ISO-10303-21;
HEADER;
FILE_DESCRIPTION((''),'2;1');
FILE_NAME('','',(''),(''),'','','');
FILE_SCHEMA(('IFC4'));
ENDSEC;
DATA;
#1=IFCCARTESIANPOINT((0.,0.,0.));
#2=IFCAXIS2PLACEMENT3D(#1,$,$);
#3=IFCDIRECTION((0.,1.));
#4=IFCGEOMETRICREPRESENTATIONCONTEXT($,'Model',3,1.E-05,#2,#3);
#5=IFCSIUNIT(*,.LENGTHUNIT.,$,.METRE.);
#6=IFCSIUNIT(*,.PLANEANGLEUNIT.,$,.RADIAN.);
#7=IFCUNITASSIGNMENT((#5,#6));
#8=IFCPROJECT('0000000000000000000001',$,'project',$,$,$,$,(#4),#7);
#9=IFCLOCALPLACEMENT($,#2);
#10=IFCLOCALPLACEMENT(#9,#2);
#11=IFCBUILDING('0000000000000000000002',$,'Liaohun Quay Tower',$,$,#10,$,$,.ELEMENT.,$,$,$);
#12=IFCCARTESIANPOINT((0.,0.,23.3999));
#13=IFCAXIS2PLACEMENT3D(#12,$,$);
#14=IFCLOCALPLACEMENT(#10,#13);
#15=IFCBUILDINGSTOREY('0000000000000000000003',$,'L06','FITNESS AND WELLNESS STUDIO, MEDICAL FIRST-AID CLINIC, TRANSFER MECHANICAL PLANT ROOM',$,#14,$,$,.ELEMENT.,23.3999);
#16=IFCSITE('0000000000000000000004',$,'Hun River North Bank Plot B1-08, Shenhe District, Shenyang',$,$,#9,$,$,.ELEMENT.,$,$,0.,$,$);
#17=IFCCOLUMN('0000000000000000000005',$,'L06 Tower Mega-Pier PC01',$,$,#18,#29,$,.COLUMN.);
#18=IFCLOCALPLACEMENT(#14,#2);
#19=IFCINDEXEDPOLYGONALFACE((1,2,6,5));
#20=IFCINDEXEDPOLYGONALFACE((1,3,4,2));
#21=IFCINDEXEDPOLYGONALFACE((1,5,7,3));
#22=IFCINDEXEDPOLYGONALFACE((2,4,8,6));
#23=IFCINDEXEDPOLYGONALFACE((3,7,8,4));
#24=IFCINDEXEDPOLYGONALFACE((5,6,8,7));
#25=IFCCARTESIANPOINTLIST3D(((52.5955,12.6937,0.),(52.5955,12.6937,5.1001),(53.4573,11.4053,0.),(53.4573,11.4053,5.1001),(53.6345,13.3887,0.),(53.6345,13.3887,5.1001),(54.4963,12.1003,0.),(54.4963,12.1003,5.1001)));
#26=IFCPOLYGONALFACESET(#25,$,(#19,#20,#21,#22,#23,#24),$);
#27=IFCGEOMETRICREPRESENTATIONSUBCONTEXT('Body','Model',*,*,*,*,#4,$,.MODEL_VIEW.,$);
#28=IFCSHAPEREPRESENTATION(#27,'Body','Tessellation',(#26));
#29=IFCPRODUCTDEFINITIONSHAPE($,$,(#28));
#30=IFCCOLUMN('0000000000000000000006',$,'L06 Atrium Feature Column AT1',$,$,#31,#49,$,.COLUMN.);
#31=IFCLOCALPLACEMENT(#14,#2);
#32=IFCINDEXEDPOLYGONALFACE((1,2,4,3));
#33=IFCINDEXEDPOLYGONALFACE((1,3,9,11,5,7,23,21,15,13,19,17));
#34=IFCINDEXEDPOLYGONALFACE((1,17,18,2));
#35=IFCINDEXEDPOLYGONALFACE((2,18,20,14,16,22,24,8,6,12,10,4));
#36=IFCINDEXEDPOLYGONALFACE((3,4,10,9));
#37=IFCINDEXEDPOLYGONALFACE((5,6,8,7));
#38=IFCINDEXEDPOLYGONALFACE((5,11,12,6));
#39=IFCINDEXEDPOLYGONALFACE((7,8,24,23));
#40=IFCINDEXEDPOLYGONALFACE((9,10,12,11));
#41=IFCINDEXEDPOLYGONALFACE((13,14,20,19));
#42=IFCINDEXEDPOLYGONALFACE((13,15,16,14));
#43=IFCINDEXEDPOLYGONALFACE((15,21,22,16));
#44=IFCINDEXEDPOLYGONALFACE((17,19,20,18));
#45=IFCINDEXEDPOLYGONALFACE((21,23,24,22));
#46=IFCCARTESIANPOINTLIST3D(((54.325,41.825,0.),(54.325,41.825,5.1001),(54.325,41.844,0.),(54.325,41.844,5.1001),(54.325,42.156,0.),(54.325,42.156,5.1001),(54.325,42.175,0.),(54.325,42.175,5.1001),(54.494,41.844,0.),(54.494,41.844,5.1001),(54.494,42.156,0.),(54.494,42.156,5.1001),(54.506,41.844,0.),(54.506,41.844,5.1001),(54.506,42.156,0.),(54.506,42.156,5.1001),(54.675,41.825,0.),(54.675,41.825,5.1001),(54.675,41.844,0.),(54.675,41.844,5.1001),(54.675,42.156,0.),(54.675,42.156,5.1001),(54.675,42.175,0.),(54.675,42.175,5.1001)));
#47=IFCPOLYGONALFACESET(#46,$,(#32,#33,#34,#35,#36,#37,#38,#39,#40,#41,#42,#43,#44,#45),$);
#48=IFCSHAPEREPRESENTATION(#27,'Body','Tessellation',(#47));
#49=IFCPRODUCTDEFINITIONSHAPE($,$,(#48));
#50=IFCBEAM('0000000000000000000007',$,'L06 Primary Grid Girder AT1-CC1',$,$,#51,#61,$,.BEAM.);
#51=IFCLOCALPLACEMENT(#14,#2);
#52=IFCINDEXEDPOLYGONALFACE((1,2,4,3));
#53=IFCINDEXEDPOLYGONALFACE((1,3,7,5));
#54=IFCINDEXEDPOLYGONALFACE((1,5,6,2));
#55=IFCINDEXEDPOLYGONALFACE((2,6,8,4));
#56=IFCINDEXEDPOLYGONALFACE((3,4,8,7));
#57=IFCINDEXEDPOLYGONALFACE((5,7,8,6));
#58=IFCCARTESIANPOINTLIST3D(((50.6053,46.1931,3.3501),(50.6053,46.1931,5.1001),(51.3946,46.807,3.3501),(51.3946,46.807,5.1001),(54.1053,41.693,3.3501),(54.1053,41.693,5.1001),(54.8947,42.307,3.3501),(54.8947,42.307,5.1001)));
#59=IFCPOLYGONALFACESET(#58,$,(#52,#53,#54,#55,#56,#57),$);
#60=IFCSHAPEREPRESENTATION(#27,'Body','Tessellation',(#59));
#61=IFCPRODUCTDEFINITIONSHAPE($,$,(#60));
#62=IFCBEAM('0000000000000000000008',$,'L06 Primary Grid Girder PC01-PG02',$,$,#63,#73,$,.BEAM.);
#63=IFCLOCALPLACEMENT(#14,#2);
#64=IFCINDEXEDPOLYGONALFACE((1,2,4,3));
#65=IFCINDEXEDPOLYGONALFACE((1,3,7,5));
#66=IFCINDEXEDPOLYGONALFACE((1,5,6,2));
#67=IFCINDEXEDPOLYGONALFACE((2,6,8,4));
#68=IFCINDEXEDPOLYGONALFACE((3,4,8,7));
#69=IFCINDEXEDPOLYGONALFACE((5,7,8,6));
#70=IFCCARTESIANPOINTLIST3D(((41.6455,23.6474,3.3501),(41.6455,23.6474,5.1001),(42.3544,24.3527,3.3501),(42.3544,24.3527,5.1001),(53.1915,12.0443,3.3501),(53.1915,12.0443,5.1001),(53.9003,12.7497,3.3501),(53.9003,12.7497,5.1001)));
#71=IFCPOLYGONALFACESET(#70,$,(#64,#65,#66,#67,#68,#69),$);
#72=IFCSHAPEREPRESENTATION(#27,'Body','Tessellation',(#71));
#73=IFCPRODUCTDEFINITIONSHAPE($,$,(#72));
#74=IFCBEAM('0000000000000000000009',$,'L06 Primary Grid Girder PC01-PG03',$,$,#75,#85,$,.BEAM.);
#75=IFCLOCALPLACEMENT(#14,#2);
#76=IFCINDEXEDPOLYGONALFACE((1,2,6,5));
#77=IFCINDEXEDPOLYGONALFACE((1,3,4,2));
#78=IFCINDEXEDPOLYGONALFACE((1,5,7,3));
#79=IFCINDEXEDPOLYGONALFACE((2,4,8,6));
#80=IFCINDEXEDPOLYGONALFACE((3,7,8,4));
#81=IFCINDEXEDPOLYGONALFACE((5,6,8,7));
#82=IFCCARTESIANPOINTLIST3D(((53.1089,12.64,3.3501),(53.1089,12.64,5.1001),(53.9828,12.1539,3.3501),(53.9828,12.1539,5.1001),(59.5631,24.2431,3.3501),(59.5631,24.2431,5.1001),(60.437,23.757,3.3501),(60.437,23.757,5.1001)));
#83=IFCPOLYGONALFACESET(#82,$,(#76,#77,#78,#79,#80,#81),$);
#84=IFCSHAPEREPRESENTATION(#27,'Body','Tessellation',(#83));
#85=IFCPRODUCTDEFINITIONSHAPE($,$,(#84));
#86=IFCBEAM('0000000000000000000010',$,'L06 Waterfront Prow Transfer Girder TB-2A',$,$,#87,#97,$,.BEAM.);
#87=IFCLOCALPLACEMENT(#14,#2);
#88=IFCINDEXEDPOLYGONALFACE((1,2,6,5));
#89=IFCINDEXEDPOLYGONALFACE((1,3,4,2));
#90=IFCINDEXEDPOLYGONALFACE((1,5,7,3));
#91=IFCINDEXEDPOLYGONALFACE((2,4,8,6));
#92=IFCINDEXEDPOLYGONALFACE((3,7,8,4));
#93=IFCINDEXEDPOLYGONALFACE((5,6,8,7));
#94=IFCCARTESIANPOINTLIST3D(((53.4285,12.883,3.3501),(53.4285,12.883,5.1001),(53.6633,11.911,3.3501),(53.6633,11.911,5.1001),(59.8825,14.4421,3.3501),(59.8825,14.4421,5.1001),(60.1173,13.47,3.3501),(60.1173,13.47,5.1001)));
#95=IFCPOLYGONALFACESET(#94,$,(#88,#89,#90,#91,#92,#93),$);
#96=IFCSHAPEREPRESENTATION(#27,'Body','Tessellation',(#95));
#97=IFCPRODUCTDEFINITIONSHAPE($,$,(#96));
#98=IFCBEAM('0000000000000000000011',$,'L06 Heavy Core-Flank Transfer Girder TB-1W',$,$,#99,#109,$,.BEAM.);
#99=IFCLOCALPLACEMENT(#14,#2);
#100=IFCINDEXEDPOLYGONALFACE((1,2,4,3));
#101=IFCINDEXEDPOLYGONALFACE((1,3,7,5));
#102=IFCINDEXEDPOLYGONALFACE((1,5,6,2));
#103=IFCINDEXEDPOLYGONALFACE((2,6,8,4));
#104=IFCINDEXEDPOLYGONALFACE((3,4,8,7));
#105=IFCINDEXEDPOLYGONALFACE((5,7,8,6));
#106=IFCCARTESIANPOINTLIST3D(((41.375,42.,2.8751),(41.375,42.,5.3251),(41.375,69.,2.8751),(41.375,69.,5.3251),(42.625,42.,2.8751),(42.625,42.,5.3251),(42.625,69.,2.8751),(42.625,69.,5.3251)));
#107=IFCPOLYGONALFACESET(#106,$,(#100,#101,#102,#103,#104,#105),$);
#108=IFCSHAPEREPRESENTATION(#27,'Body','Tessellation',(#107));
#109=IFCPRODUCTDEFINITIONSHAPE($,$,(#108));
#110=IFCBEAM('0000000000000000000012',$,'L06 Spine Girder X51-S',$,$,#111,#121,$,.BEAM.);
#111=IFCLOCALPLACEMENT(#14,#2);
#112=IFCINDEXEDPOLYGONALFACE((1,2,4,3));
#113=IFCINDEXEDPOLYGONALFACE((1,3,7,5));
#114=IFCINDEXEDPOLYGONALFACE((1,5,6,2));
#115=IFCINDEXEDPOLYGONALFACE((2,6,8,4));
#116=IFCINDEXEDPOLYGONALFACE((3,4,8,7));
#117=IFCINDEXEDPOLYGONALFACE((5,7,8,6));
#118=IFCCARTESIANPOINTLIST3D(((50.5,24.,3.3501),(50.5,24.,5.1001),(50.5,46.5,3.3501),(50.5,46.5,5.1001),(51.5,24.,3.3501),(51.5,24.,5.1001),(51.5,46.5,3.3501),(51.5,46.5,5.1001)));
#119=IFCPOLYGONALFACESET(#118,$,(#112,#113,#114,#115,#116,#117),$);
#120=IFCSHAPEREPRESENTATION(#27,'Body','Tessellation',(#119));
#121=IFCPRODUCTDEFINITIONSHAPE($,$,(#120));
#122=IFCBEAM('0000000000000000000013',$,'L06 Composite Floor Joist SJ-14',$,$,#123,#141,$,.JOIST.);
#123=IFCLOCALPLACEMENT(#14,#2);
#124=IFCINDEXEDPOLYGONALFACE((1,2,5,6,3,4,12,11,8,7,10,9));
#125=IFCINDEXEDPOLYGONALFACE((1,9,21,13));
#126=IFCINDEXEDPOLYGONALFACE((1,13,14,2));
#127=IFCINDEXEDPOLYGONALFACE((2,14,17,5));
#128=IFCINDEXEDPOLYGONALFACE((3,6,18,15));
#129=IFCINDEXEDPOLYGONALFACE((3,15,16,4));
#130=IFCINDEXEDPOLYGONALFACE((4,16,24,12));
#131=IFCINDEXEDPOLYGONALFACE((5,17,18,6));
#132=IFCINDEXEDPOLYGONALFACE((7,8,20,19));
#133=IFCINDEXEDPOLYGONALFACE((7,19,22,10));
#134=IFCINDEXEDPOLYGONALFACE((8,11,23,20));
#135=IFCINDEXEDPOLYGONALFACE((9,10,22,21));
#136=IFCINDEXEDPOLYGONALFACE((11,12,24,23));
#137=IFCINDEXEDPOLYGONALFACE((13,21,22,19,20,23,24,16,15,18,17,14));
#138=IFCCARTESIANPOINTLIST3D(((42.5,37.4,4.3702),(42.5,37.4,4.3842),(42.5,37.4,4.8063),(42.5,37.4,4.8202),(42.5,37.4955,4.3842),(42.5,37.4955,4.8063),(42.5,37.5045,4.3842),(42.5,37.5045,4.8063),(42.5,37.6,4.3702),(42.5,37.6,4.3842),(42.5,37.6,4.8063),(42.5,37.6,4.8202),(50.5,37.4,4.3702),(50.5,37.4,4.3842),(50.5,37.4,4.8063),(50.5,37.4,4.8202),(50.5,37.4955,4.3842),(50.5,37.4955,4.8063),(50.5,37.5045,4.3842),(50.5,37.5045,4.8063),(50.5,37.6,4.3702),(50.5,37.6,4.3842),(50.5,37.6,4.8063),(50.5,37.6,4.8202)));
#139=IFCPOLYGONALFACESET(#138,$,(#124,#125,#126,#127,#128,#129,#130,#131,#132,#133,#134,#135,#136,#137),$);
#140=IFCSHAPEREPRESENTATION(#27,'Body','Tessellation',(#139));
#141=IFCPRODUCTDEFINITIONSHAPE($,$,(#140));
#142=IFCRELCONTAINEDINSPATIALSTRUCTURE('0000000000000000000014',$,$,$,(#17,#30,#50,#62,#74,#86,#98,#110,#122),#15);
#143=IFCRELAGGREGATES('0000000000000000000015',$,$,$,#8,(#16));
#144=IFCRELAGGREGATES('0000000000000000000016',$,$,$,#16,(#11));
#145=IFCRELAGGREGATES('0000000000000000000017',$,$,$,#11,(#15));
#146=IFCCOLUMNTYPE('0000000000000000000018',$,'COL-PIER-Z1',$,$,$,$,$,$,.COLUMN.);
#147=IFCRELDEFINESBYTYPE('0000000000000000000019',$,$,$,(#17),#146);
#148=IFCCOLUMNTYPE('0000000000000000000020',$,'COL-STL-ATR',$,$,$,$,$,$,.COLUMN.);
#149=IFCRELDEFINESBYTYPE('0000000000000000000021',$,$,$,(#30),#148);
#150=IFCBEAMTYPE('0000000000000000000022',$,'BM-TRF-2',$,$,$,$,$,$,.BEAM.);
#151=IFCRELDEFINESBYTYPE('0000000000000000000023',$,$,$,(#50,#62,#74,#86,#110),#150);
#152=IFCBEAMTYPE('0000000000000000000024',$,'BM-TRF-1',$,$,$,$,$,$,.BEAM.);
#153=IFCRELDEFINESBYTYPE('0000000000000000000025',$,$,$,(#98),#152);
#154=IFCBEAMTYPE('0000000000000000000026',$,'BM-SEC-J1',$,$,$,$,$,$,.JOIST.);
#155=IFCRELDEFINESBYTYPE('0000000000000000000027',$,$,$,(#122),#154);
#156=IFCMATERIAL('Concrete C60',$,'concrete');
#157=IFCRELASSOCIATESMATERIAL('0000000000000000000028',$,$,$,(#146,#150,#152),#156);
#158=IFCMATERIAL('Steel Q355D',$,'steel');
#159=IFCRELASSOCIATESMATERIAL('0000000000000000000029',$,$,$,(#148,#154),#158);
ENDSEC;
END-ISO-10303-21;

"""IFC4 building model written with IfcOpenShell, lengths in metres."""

from ifc_helpers import new_model, si_unit, direction, frame, origin, origin_2d, place, context, subcontext, project, spatial, rectangle, i_section, extrude, source, transform, mapped, material, material_profile, profile_set, type_object, element, save


model = new_model("IFC4")

# Units and contexts
model_context = context("Model", 3, precision=1e-05, world=origin(), true_north=direction((0.0, 1.0)))
body_context = subcontext(model_context, "Body", "Model", "MODEL_VIEW")
ifc_project = project(units=[si_unit("LENGTHUNIT", "METRE"), si_unit("PLANEANGLEUNIT", "RADIAN")], contexts=[model_context])

# Site, building, storey
site_placement = place(None, origin())
site = spatial("IfcSite", under=ifc_project, at=site_placement, Name="Hun River North Bank Plot B1-08, Shenhe District, Shenyang", CompositionType="ELEMENT", RefElevation=0.0)
building_placement = place(site_placement, origin())
building = spatial("IfcBuilding", under=site, at=building_placement, Name="Liaohun Quay Tower", CompositionType="ELEMENT")
storey_placement = place(building_placement, frame((0.0, 0.0, 23.3999)))
storey = spatial("IfcBuildingStorey", under=building, at=storey_placement, Name="L06", Description="FITNESS AND WELLNESS STUDIO, MEDICAL FIRST-AID CLINIC, TRANSFER MECHANICAL PLANT ROOM", CompositionType="ELEMENT", Elevation=23.3999)

# Columns
ifc_material_1 = material(Name="Concrete C60", Category="concrete")
ifc_material_profile_1 = material_profile(ifc_material_1, rectangle(XDim=1.55, YDim=1.25, at=origin_2d()), Name="RC1550x1250")
ifc_profile_set_1 = profile_set([ifc_material_profile_1], Name="Concrete C60")
column_type_1 = type_object("IfcColumnType", Name="COL-PIER-Z1", PredefinedType="COLUMN", material=ifc_profile_set_1)
shared_shape_1 = source(origin(), body_context, "Body", "SweptSolid", [
    extrude(rectangle(XDim=1.55, YDim=1.25, at=origin_2d()), origin(), (0.0, 0.0, 1.0), 5.1001),
])
column_1_placement = place(storey_placement, frame((53.5459, 12.397, 0.0), z_axis=(0.0, 0.0, 1.0), x_axis=(-0.556006, 0.831179, 0.0)))
element("IfcColumn", 1, at=column_1_placement, inside=storey, type_object=column_type_1, Name="L06 Tower Mega-Pier PC01", PredefinedType="COLUMN", context=body_context, shape_type="MappedRepresentation", body=[
    mapped(shared_shape_1, transform((0.0, 0.0, 0.0), x_axis=(1.0, 0.0, 0.0), y_axis=(0.0, 1.0, 0.0), z_axis=(0.0, 0.0, 1.0), scale=1.0)),
])
ifc_material_2 = material(Name="Steel Q355D", Category="steel")
ifc_material_profile_2 = material_profile(ifc_material_2, i_section(OverallWidth=0.3501, OverallDepth=0.3501, WebThickness=0.012, FlangeThickness=0.019, at=origin_2d()), Name="HW350x350x12x19")
ifc_profile_set_2 = profile_set([ifc_material_profile_2], Name="Steel Q355D")
column_type_2 = type_object("IfcColumnType", Name="COL-STL-ATR", PredefinedType="COLUMN", material=ifc_profile_set_2)
shared_shape_2 = source(origin(), body_context, "Body", "SweptSolid", [
    extrude(i_section(OverallWidth=0.3501, OverallDepth=0.3501, WebThickness=0.012, FlangeThickness=0.019, at=origin_2d()), origin(), (0.0, 0.0, 1.0), 5.1001),
])
column_2_placement = place(storey_placement, frame((54.5, 42.0, 0.0), z_axis=(0.0, 0.0, 1.0), x_axis=(1.0, 0.0, 0.0)))
element("IfcColumn", 2, at=column_2_placement, inside=storey, type_object=column_type_2, Name="L06 Atrium Feature Column AT1", PredefinedType="COLUMN", context=body_context, shape_type="MappedRepresentation", body=[
    mapped(shared_shape_2, transform((0.0, 0.0, 0.0), x_axis=(1.0, 0.0, 0.0), y_axis=(0.0, 1.0, 0.0), z_axis=(0.0, 0.0, 1.0), scale=1.0)),
])

# Beams
ifc_material_profile_3 = material_profile(ifc_material_1, rectangle(XDim=1.0, YDim=1.75, at=origin_2d()), Name="RC1000x1750")
ifc_profile_set_3 = profile_set([ifc_material_profile_3], Name="Concrete C60")
beam_type_1 = type_object("IfcBeamType", Name="BM-TRF-2", PredefinedType="BEAM", material=ifc_profile_set_3)
shared_shape_3 = source(origin(), body_context, "Body", "SweptSolid", [
    extrude(rectangle(XDim=1.0, YDim=1.75, at=origin_2d()), origin(), (0.0, 0.0, 1.0), 5.7009),
])
beam_1_placement = place(storey_placement, frame((54.5, 42.0, 4.2251), z_axis=(-0.613941, 0.789352, 0.0), x_axis=(-0.789352, -0.613941, 0.0)))
element("IfcBeam", 3, at=beam_1_placement, inside=storey, type_object=beam_type_1, Name="L06 Primary Grid Girder AT1-CC1", PredefinedType="BEAM", context=body_context, shape_type="MappedRepresentation", body=[
    mapped(shared_shape_3, transform((0.0, 0.0, 0.0), x_axis=(1.0, 0.0, 0.0), y_axis=(0.0, 1.0, 0.0), z_axis=(0.0, 0.0, 1.0), scale=1.0)),
])
shared_shape_4 = source(origin(), body_context, "Body", "SweptSolid", [
    extrude(rectangle(XDim=1.0, YDim=1.75, at=origin_2d()), origin(), (0.0, 0.0, 1.0), 16.3689),
])
beam_2_placement = place(storey_placement, frame((53.5459, 12.397, 4.2251), z_axis=(-0.70536, 0.70885, 0.0), x_axis=(-0.70885, -0.70536, 0.0)))
element("IfcBeam", 4, at=beam_2_placement, inside=storey, type_object=beam_type_1, Name="L06 Primary Grid Girder PC01-PG02", PredefinedType="BEAM", context=body_context, shape_type="MappedRepresentation", body=[
    mapped(shared_shape_4, transform((0.0, 0.0, 0.0), x_axis=(1.0, 0.0, 0.0), y_axis=(0.0, 1.0, 0.0), z_axis=(0.0, 0.0, 1.0), scale=1.0)),
])
shared_shape_5 = source(origin(), body_context, "Body", "SweptSolid", [
    extrude(rectangle(XDim=1.0, YDim=1.75, at=origin_2d()), origin(), (0.0, 0.0, 1.0), 13.2773),
])
beam_3_placement = place(storey_placement, frame((53.5459, 12.397, 4.2251), z_axis=(0.486102, 0.873902, 0.0), x_axis=(-0.873902, 0.486102, 0.0)))
element("IfcBeam", 5, at=beam_3_placement, inside=storey, type_object=beam_type_1, Name="L06 Primary Grid Girder PC01-PG03", PredefinedType="BEAM", context=body_context, shape_type="MappedRepresentation", body=[
    mapped(shared_shape_5, transform((0.0, 0.0, 0.0), x_axis=(1.0, 0.0, 0.0), y_axis=(0.0, 1.0, 0.0), z_axis=(0.0, 0.0, 1.0), scale=1.0)),
])
shared_shape_6 = source(origin(), body_context, "Body", "SweptSolid", [
    extrude(rectangle(XDim=1.0, YDim=1.75, at=origin_2d()), origin(), (0.0, 0.0, 1.0), 6.6396),
])
beam_4_placement = place(storey_placement, frame((53.5459, 12.397, 4.2251), z_axis=(0.972041, 0.234811, 0.0), x_axis=(-0.234811, 0.972041, 0.0)))
element("IfcBeam", 6, at=beam_4_placement, inside=storey, type_object=beam_type_1, Name="L06 Waterfront Prow Transfer Girder TB-2A", PredefinedType="BEAM", context=body_context, shape_type="MappedRepresentation", body=[
    mapped(shared_shape_6, transform((0.0, 0.0, 0.0), x_axis=(1.0, 0.0, 0.0), y_axis=(0.0, 1.0, 0.0), z_axis=(0.0, 0.0, 1.0), scale=1.0)),
])
ifc_material_profile_4 = material_profile(ifc_material_1, rectangle(XDim=1.25, YDim=2.45, at=origin_2d()), Name="RC1250x2450")
ifc_profile_set_4 = profile_set([ifc_material_profile_4], Name="Concrete C60")
beam_type_2 = type_object("IfcBeamType", Name="BM-TRF-1", PredefinedType="BEAM", material=ifc_profile_set_4)
shared_shape_7 = source(origin(), body_context, "Body", "SweptSolid", [
    extrude(rectangle(XDim=1.25, YDim=2.45, at=origin_2d()), origin(), (0.0, 0.0, 1.0), 27.0),
])
beam_5_placement = place(storey_placement, frame((42.0, 42.0, 4.1001), z_axis=(0.0, 1.0, 0.0), x_axis=(-1.0, 0.0, 0.0)))
element("IfcBeam", 7, at=beam_5_placement, inside=storey, type_object=beam_type_2, Name="L06 Heavy Core-Flank Transfer Girder TB-1W", PredefinedType="BEAM", context=body_context, shape_type="MappedRepresentation", body=[
    mapped(shared_shape_7, transform((0.0, 0.0, 0.0), x_axis=(1.0, 0.0, 0.0), y_axis=(0.0, 1.0, 0.0), z_axis=(0.0, 0.0, 1.0), scale=1.0)),
])
shared_shape_8 = source(origin(), body_context, "Body", "SweptSolid", [
    extrude(rectangle(XDim=1.0, YDim=1.75, at=origin_2d()), origin(), (0.0, 0.0, 1.0), 22.5),
])
beam_6_placement = place(storey_placement, frame((51.0, 24.0, 4.2251), z_axis=(0.0, 1.0, 0.0), x_axis=(-1.0, 0.0, 0.0)))
element("IfcBeam", 8, at=beam_6_placement, inside=storey, type_object=beam_type_1, Name="L06 Spine Girder X51-S", PredefinedType="BEAM", context=body_context, shape_type="MappedRepresentation", body=[
    mapped(shared_shape_8, transform((0.0, 0.0, 0.0), x_axis=(1.0, 0.0, 0.0), y_axis=(0.0, 1.0, 0.0), z_axis=(0.0, 0.0, 1.0), scale=1.0)),
])
ifc_material_profile_5 = material_profile(ifc_material_2, i_section(OverallWidth=0.2, OverallDepth=0.45, WebThickness=0.009, FlangeThickness=0.0139, at=origin_2d()), Name="HN450x200x9x14")
ifc_profile_set_5 = profile_set([ifc_material_profile_5], Name="Steel Q355D")
beam_type_3 = type_object("IfcBeamType", Name="BM-SEC-J1", PredefinedType="JOIST", material=ifc_profile_set_5)
shared_shape_9 = source(origin(), body_context, "Body", "SweptSolid", [
    extrude(i_section(OverallWidth=0.2, OverallDepth=0.45, WebThickness=0.009, FlangeThickness=0.0139, at=origin_2d()), origin(), (0.0, 0.0, 1.0), 8.0),
])
beam_7_placement = place(storey_placement, frame((42.5, 37.5, 4.5952), z_axis=(1.0, 0.0, 0.0), x_axis=(0.0, 1.0, 0.0)))
element("IfcBeam", 9, at=beam_7_placement, inside=storey, type_object=beam_type_3, Name="L06 Composite Floor Joist SJ-14", PredefinedType="JOIST", context=body_context, shape_type="MappedRepresentation", body=[
    mapped(shared_shape_9, transform((0.0, 0.0, 0.0), x_axis=(1.0, 0.0, 0.0), y_axis=(0.0, 1.0, 0.0), z_axis=(0.0, 0.0, 1.0), scale=1.0)),
])

save(model, "model.ifc")
